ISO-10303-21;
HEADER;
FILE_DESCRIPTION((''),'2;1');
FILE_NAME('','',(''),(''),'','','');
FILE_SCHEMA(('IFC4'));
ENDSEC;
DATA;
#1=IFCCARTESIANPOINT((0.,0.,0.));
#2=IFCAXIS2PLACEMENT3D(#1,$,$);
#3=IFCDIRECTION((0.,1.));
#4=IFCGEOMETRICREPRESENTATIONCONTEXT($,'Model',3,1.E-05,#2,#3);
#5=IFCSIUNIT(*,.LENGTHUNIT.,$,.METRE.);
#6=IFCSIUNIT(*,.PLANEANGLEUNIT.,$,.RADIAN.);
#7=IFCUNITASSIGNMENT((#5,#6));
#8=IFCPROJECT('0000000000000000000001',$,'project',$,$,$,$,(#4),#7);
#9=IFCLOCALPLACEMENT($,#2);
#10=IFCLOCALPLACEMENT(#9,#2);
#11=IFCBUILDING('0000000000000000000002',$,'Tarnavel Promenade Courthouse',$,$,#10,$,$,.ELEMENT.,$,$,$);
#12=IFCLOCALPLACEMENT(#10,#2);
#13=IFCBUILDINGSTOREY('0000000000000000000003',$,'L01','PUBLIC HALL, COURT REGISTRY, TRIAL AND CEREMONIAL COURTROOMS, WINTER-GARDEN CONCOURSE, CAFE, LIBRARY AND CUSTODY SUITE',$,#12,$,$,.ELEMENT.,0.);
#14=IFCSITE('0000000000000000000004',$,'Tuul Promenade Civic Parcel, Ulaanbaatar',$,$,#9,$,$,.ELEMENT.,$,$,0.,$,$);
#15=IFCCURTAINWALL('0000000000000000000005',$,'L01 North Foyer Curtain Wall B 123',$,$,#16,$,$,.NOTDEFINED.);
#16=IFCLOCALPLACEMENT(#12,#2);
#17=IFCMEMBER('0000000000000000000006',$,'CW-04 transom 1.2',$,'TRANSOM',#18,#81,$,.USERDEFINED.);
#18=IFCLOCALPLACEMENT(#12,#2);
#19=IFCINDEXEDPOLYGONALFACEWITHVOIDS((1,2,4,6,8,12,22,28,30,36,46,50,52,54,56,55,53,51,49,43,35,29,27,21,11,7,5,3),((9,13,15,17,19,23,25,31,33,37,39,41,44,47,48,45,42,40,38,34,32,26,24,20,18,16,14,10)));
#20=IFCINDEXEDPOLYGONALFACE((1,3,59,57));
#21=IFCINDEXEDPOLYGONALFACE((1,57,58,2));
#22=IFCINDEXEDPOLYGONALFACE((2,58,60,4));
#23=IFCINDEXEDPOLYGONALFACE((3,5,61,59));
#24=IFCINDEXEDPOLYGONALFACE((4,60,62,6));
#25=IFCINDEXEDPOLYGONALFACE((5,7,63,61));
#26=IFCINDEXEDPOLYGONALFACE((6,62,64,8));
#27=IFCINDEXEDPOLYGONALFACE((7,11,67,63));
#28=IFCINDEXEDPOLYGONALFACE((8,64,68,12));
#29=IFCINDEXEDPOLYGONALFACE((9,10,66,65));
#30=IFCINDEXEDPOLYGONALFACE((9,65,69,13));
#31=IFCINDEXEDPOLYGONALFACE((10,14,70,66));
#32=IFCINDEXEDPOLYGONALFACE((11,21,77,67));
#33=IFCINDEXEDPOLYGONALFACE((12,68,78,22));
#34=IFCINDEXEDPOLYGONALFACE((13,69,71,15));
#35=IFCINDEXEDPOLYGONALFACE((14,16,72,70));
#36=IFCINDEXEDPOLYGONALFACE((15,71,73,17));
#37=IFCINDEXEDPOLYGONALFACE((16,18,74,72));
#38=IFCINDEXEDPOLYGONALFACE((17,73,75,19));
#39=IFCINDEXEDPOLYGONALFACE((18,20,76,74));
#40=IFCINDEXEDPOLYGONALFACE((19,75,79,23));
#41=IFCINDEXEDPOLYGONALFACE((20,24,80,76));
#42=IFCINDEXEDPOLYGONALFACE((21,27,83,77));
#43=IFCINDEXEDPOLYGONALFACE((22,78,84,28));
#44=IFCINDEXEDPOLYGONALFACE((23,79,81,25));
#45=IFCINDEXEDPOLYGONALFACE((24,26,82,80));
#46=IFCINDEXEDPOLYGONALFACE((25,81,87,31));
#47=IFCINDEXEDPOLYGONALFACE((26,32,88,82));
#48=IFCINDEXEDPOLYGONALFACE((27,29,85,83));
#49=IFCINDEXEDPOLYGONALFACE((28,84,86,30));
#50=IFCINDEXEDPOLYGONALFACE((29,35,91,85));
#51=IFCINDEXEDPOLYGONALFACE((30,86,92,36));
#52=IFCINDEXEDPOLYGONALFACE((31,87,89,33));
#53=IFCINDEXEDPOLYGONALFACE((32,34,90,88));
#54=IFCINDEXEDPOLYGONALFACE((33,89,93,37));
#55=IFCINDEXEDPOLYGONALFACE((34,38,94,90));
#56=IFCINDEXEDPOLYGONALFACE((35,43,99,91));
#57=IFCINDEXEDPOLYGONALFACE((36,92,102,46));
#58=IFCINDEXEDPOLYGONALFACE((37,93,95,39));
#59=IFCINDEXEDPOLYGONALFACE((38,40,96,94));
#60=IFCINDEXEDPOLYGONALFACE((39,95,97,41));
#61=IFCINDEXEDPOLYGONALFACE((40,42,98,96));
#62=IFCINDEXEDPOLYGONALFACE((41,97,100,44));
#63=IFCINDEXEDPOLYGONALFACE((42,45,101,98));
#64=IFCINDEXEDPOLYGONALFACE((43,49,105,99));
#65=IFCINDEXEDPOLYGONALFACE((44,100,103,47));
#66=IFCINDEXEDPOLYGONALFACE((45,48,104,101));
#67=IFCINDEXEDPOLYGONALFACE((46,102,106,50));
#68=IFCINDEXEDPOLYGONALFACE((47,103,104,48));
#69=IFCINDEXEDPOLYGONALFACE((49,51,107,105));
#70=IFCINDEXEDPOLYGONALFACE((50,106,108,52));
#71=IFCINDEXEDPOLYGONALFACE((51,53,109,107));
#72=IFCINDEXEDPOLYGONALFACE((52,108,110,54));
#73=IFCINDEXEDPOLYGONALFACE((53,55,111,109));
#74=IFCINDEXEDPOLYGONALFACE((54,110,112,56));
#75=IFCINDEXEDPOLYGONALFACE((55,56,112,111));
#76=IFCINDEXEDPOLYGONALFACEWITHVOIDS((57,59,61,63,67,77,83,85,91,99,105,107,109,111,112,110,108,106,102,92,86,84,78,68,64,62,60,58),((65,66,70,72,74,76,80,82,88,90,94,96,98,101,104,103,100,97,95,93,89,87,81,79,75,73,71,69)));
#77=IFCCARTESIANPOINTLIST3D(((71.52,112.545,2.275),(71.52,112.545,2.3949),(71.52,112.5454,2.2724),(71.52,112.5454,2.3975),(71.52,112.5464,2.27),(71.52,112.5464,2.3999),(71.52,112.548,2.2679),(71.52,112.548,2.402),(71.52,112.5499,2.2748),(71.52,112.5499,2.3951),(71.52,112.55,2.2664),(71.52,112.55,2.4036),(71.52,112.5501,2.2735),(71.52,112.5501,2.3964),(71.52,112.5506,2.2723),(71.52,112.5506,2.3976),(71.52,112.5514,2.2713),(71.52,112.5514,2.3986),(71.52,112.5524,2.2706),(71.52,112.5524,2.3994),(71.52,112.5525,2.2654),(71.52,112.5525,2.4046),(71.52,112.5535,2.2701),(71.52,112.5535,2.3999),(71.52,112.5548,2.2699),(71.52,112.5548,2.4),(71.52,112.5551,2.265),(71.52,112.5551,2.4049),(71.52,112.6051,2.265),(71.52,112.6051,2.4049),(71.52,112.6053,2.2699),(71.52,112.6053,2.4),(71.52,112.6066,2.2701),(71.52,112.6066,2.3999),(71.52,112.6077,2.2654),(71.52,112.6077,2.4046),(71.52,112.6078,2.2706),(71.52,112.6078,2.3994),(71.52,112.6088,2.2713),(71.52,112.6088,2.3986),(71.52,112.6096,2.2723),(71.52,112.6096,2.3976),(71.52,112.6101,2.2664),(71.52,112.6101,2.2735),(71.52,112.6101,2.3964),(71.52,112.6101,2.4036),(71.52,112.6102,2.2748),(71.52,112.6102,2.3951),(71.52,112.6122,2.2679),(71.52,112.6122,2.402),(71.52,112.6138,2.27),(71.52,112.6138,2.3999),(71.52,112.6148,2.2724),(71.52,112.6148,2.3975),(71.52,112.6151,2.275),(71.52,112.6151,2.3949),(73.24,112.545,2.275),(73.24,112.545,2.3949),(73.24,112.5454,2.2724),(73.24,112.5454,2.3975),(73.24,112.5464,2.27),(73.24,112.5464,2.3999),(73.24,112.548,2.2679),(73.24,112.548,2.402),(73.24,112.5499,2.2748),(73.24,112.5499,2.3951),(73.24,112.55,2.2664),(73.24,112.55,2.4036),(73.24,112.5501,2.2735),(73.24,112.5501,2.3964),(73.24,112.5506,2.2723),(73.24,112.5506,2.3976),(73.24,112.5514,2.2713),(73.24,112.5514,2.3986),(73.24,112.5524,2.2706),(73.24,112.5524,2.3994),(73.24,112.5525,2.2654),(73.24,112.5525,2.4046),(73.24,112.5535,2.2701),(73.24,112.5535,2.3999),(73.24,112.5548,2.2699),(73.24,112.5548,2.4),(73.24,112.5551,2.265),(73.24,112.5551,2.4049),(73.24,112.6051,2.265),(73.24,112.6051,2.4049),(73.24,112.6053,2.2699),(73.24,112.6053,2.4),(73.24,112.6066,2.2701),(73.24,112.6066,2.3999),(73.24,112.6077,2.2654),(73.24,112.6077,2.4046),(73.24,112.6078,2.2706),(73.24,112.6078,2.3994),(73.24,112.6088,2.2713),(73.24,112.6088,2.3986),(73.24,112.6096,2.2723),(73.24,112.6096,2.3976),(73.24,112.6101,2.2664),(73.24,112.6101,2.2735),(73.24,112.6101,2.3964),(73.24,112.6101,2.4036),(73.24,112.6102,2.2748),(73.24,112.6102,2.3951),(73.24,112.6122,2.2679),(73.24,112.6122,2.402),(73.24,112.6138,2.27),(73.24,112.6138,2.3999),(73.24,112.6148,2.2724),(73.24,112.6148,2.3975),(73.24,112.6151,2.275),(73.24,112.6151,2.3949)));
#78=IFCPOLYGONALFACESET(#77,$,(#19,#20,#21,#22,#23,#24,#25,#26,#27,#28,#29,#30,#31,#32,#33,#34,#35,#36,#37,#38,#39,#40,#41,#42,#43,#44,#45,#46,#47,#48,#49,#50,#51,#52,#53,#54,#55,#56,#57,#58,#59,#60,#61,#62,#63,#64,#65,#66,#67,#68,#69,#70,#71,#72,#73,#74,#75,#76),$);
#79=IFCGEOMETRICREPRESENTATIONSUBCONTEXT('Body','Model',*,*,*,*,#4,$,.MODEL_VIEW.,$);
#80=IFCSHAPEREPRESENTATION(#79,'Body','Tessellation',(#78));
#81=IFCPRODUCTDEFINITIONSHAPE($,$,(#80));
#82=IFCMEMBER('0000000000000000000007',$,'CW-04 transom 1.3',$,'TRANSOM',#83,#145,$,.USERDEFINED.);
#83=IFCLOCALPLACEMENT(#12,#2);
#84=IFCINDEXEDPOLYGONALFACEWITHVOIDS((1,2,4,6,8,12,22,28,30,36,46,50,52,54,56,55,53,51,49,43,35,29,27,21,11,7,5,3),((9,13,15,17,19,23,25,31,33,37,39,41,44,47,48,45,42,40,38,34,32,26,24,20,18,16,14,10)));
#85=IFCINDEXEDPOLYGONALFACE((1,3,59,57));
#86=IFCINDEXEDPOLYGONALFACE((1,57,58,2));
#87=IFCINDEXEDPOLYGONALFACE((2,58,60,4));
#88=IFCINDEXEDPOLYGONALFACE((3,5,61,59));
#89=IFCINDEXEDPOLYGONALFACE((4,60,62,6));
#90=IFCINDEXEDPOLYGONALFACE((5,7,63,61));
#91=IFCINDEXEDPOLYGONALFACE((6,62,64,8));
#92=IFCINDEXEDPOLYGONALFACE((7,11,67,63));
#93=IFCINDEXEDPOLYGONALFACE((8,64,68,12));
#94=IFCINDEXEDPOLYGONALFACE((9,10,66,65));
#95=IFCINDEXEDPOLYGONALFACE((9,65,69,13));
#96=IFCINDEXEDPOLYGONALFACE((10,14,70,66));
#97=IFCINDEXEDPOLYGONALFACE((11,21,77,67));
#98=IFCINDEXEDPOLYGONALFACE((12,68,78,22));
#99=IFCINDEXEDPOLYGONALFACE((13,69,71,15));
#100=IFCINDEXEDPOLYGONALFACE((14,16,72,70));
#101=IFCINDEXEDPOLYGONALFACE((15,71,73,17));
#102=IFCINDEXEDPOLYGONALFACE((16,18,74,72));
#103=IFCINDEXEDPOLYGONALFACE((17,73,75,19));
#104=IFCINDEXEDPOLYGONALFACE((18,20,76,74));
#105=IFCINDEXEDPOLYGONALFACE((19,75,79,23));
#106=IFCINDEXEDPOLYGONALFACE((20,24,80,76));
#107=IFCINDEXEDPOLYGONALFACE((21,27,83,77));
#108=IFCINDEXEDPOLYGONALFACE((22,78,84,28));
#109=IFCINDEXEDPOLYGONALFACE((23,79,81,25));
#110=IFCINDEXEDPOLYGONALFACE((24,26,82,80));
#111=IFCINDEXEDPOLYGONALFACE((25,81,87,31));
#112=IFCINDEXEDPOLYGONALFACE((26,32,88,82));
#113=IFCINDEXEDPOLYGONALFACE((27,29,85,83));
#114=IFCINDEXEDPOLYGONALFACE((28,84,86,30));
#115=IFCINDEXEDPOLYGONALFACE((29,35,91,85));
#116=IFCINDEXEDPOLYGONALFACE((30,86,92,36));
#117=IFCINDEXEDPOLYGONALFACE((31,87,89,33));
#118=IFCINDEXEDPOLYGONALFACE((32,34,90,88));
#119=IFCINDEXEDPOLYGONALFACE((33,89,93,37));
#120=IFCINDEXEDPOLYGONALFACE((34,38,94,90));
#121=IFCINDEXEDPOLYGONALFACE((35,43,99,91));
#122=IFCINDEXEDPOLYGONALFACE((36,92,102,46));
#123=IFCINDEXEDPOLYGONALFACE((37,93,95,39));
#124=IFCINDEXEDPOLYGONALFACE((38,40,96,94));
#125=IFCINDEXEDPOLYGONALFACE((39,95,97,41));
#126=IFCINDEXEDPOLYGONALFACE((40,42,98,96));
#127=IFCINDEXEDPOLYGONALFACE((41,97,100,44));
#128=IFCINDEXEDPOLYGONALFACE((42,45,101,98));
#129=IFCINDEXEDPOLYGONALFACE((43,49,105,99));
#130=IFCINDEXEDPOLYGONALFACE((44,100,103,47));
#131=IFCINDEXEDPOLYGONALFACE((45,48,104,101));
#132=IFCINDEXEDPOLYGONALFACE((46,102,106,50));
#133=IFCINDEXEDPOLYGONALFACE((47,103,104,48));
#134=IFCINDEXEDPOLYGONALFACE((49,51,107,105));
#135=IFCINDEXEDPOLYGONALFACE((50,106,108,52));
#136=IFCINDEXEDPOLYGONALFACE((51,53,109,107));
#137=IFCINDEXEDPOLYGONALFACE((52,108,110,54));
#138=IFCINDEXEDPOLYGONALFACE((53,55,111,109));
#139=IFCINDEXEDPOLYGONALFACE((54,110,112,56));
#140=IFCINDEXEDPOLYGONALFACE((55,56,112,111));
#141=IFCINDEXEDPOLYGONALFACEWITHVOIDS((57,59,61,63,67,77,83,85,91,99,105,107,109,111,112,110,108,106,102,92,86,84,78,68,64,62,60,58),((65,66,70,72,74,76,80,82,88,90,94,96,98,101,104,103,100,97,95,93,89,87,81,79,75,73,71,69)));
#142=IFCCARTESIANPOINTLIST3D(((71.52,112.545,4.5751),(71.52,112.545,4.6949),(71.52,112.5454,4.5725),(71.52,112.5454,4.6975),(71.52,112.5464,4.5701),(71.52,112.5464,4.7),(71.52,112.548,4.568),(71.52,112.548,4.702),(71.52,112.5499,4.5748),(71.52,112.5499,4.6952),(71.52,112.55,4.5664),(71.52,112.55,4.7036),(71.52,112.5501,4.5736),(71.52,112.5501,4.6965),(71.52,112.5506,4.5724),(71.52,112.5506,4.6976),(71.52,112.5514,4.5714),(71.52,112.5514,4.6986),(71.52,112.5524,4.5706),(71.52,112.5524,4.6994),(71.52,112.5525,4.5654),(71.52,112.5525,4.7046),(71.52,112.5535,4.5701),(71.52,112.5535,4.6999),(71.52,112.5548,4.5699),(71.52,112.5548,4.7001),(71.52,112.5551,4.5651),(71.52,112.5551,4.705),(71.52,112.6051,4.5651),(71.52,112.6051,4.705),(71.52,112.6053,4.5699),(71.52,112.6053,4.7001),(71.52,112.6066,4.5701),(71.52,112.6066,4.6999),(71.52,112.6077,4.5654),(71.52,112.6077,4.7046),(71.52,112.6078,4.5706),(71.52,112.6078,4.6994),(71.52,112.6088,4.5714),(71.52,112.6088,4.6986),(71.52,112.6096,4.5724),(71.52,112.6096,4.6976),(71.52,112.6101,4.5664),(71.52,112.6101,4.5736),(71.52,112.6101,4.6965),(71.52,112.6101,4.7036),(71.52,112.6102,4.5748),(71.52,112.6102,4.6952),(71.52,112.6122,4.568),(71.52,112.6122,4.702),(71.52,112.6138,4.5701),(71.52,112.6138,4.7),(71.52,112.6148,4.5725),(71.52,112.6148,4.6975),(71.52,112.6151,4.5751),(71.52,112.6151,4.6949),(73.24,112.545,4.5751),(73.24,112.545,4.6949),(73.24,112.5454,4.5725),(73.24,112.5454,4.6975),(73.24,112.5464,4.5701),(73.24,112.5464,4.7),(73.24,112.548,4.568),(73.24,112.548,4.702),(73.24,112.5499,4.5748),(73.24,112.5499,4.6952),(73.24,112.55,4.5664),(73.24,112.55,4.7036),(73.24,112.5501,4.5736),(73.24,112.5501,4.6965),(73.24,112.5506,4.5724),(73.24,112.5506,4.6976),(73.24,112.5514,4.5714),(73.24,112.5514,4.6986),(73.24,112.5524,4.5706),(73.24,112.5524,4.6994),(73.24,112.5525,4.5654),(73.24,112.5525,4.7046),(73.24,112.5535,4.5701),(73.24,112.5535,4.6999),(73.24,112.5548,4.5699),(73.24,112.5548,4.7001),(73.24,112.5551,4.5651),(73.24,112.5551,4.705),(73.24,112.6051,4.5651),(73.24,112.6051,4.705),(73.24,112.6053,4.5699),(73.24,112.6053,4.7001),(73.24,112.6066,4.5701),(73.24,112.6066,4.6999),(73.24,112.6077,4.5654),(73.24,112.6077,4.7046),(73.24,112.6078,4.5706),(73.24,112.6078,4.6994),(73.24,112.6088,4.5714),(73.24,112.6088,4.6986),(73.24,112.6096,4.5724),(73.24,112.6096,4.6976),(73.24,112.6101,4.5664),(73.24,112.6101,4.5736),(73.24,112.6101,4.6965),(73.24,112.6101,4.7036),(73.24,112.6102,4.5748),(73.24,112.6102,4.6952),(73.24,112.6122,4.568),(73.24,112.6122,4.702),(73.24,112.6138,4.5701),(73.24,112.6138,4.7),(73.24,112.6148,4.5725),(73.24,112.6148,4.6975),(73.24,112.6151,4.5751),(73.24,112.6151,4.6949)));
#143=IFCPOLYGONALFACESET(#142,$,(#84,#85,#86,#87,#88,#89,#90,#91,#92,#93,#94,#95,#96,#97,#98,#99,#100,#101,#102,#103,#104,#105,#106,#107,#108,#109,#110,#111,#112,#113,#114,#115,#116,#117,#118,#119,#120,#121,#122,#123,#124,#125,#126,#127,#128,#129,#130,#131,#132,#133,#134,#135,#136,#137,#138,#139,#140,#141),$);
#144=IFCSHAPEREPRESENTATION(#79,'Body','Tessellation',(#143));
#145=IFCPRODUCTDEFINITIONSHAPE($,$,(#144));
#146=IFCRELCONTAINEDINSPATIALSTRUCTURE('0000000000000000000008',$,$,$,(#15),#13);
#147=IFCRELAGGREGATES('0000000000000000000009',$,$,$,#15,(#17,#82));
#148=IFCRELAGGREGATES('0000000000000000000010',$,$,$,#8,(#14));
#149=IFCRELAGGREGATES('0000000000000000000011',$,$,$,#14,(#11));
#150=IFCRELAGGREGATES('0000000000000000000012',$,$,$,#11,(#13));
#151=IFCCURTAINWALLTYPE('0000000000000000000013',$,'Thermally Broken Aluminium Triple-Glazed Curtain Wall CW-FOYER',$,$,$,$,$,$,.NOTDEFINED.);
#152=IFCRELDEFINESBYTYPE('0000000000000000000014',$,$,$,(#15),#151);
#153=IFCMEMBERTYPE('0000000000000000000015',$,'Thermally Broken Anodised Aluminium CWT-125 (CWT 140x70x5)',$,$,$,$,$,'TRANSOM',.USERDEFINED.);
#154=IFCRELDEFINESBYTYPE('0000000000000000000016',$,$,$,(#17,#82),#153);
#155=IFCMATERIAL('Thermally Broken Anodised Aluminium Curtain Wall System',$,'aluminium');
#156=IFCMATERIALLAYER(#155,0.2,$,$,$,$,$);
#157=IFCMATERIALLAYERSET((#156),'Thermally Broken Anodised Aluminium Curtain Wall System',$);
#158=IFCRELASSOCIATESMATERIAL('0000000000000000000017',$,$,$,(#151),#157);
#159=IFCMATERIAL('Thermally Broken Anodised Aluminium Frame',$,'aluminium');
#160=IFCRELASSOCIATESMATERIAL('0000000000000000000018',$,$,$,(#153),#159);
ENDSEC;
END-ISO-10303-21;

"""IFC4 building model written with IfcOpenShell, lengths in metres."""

from ifc_helpers import new_model, si_unit, direction, frame, origin, origin_2d, place, context, subcontext, project, spatial, hollow_rectangle, extrude, material, layer, layer_set, material_profile, profile_set, type_object, element, aggregate, save


model = new_model("IFC4")

# Units and contexts
model_context = context("Model", 3, precision=1e-05, world=origin(), true_north=direction((0.0, 1.0)))
body_context = subcontext(model_context, "Body", "Model", "MODEL_VIEW")
ifc_project = project(units=[si_unit("LENGTHUNIT", "METRE"), si_unit("PLANEANGLEUNIT", "RADIAN")], contexts=[model_context])

# Site, building, storey
site_placement = place(None, origin())
site = spatial("IfcSite", under=ifc_project, at=site_placement, Name="Tuul Promenade Civic Parcel, Ulaanbaatar", CompositionType="ELEMENT", RefElevation=0.0)
building_placement = place(site_placement, origin())
building = spatial("IfcBuilding", under=site, at=building_placement, Name="Tarnavel Promenade Courthouse", CompositionType="ELEMENT")
storey_placement = place(building_placement, origin())
storey = spatial("IfcBuildingStorey", under=building, at=storey_placement, Name="L01", Description="PUBLIC HALL, COURT REGISTRY, TRIAL AND CEREMONIAL COURTROOMS, WINTER-GARDEN CONCOURSE, CAFE, LIBRARY AND CUSTODY SUITE", CompositionType="ELEMENT", Elevation=0.0)

# Shared definitions
ifc_material_1 = material(Name="Thermally Broken Anodised Aluminium Curtain Wall System", Category="aluminium")
ifc_layer_1 = layer(ifc_material_1, 0.2)
ifc_layer_set_1 = layer_set([ifc_layer_1], Name="Thermally Broken Anodised Aluminium Curtain Wall System")
curtain_wall_type = type_object("IfcCurtainWallType", Name="Thermally Broken Aluminium Triple-Glazed Curtain Wall CW-FOYER", PredefinedType="NOTDEFINED", material=ifc_layer_set_1)
ifc_material_2 = material(Name="Thermally Broken Anodised Aluminium Frame", Category="aluminium")

# Curtain wall
curtain_wall_1_placement = place(storey_placement, origin())
curtain_wall_1 = element("IfcCurtainWall", 1, at=curtain_wall_1_placement, inside=storey, type_object=curtain_wall_type, Name="L01 North Foyer Curtain Wall B 123", PredefinedType="NOTDEFINED")

# Members
ifc_material_profile_1 = material_profile(ifc_material_2, hollow_rectangle(XDim=0.0701, YDim=0.1399, WallThickness=0.0049, InnerFilletRadius=0.0049, OuterFilletRadius=0.01, at=origin_2d()), Name="CWT 140x70x5")
ifc_profile_set_1 = profile_set([ifc_material_profile_1], Name="Thermally Broken Anodised Aluminium Frame")
member_type_1 = type_object("IfcMemberType", Name="Thermally Broken Anodised Aluminium CWT-125 (CWT 140x70x5)", ElementType="TRANSOM", PredefinedType="USERDEFINED", material=ifc_profile_set_1)
member_1_placement = place(storey_placement, frame((71.52, 112.5801, 2.335), z_axis=(1.0, 0.0, 0.0), x_axis=(0.0, 1.0, 0.0)))
member_1 = element("IfcMember", 2, at=member_1_placement, type_object=member_type_1, Name="CW-04 transom 1.2", ObjectType="TRANSOM", PredefinedType="USERDEFINED", context=body_context, shape_type="SweptSolid", body=[
    extrude(hollow_rectangle(XDim=0.0701, YDim=0.1399, WallThickness=0.0049, InnerFilletRadius=0.0049, OuterFilletRadius=0.01, at=origin_2d()), origin(), (0.0, 0.0, 1.0), 1.72),
])
member_2_placement = place(storey_placement, frame((71.52, 112.5801, 4.635), z_axis=(1.0, 0.0, 0.0), x_axis=(0.0, 1.0, 0.0)))
member_2 = element("IfcMember", 3, at=member_2_placement, type_object=member_type_1, Name="CW-04 transom 1.3", ObjectType="TRANSOM", PredefinedType="USERDEFINED", context=body_context, shape_type="SweptSolid", body=[
    extrude(hollow_rectangle(XDim=0.0701, YDim=0.1399, WallThickness=0.0049, InnerFilletRadius=0.0049, OuterFilletRadius=0.01, at=origin_2d()), origin(), (0.0, 0.0, 1.0), 1.72),
])

aggregate(curtain_wall_1, [member_1, member_2])

save(model, "model.ifc")
